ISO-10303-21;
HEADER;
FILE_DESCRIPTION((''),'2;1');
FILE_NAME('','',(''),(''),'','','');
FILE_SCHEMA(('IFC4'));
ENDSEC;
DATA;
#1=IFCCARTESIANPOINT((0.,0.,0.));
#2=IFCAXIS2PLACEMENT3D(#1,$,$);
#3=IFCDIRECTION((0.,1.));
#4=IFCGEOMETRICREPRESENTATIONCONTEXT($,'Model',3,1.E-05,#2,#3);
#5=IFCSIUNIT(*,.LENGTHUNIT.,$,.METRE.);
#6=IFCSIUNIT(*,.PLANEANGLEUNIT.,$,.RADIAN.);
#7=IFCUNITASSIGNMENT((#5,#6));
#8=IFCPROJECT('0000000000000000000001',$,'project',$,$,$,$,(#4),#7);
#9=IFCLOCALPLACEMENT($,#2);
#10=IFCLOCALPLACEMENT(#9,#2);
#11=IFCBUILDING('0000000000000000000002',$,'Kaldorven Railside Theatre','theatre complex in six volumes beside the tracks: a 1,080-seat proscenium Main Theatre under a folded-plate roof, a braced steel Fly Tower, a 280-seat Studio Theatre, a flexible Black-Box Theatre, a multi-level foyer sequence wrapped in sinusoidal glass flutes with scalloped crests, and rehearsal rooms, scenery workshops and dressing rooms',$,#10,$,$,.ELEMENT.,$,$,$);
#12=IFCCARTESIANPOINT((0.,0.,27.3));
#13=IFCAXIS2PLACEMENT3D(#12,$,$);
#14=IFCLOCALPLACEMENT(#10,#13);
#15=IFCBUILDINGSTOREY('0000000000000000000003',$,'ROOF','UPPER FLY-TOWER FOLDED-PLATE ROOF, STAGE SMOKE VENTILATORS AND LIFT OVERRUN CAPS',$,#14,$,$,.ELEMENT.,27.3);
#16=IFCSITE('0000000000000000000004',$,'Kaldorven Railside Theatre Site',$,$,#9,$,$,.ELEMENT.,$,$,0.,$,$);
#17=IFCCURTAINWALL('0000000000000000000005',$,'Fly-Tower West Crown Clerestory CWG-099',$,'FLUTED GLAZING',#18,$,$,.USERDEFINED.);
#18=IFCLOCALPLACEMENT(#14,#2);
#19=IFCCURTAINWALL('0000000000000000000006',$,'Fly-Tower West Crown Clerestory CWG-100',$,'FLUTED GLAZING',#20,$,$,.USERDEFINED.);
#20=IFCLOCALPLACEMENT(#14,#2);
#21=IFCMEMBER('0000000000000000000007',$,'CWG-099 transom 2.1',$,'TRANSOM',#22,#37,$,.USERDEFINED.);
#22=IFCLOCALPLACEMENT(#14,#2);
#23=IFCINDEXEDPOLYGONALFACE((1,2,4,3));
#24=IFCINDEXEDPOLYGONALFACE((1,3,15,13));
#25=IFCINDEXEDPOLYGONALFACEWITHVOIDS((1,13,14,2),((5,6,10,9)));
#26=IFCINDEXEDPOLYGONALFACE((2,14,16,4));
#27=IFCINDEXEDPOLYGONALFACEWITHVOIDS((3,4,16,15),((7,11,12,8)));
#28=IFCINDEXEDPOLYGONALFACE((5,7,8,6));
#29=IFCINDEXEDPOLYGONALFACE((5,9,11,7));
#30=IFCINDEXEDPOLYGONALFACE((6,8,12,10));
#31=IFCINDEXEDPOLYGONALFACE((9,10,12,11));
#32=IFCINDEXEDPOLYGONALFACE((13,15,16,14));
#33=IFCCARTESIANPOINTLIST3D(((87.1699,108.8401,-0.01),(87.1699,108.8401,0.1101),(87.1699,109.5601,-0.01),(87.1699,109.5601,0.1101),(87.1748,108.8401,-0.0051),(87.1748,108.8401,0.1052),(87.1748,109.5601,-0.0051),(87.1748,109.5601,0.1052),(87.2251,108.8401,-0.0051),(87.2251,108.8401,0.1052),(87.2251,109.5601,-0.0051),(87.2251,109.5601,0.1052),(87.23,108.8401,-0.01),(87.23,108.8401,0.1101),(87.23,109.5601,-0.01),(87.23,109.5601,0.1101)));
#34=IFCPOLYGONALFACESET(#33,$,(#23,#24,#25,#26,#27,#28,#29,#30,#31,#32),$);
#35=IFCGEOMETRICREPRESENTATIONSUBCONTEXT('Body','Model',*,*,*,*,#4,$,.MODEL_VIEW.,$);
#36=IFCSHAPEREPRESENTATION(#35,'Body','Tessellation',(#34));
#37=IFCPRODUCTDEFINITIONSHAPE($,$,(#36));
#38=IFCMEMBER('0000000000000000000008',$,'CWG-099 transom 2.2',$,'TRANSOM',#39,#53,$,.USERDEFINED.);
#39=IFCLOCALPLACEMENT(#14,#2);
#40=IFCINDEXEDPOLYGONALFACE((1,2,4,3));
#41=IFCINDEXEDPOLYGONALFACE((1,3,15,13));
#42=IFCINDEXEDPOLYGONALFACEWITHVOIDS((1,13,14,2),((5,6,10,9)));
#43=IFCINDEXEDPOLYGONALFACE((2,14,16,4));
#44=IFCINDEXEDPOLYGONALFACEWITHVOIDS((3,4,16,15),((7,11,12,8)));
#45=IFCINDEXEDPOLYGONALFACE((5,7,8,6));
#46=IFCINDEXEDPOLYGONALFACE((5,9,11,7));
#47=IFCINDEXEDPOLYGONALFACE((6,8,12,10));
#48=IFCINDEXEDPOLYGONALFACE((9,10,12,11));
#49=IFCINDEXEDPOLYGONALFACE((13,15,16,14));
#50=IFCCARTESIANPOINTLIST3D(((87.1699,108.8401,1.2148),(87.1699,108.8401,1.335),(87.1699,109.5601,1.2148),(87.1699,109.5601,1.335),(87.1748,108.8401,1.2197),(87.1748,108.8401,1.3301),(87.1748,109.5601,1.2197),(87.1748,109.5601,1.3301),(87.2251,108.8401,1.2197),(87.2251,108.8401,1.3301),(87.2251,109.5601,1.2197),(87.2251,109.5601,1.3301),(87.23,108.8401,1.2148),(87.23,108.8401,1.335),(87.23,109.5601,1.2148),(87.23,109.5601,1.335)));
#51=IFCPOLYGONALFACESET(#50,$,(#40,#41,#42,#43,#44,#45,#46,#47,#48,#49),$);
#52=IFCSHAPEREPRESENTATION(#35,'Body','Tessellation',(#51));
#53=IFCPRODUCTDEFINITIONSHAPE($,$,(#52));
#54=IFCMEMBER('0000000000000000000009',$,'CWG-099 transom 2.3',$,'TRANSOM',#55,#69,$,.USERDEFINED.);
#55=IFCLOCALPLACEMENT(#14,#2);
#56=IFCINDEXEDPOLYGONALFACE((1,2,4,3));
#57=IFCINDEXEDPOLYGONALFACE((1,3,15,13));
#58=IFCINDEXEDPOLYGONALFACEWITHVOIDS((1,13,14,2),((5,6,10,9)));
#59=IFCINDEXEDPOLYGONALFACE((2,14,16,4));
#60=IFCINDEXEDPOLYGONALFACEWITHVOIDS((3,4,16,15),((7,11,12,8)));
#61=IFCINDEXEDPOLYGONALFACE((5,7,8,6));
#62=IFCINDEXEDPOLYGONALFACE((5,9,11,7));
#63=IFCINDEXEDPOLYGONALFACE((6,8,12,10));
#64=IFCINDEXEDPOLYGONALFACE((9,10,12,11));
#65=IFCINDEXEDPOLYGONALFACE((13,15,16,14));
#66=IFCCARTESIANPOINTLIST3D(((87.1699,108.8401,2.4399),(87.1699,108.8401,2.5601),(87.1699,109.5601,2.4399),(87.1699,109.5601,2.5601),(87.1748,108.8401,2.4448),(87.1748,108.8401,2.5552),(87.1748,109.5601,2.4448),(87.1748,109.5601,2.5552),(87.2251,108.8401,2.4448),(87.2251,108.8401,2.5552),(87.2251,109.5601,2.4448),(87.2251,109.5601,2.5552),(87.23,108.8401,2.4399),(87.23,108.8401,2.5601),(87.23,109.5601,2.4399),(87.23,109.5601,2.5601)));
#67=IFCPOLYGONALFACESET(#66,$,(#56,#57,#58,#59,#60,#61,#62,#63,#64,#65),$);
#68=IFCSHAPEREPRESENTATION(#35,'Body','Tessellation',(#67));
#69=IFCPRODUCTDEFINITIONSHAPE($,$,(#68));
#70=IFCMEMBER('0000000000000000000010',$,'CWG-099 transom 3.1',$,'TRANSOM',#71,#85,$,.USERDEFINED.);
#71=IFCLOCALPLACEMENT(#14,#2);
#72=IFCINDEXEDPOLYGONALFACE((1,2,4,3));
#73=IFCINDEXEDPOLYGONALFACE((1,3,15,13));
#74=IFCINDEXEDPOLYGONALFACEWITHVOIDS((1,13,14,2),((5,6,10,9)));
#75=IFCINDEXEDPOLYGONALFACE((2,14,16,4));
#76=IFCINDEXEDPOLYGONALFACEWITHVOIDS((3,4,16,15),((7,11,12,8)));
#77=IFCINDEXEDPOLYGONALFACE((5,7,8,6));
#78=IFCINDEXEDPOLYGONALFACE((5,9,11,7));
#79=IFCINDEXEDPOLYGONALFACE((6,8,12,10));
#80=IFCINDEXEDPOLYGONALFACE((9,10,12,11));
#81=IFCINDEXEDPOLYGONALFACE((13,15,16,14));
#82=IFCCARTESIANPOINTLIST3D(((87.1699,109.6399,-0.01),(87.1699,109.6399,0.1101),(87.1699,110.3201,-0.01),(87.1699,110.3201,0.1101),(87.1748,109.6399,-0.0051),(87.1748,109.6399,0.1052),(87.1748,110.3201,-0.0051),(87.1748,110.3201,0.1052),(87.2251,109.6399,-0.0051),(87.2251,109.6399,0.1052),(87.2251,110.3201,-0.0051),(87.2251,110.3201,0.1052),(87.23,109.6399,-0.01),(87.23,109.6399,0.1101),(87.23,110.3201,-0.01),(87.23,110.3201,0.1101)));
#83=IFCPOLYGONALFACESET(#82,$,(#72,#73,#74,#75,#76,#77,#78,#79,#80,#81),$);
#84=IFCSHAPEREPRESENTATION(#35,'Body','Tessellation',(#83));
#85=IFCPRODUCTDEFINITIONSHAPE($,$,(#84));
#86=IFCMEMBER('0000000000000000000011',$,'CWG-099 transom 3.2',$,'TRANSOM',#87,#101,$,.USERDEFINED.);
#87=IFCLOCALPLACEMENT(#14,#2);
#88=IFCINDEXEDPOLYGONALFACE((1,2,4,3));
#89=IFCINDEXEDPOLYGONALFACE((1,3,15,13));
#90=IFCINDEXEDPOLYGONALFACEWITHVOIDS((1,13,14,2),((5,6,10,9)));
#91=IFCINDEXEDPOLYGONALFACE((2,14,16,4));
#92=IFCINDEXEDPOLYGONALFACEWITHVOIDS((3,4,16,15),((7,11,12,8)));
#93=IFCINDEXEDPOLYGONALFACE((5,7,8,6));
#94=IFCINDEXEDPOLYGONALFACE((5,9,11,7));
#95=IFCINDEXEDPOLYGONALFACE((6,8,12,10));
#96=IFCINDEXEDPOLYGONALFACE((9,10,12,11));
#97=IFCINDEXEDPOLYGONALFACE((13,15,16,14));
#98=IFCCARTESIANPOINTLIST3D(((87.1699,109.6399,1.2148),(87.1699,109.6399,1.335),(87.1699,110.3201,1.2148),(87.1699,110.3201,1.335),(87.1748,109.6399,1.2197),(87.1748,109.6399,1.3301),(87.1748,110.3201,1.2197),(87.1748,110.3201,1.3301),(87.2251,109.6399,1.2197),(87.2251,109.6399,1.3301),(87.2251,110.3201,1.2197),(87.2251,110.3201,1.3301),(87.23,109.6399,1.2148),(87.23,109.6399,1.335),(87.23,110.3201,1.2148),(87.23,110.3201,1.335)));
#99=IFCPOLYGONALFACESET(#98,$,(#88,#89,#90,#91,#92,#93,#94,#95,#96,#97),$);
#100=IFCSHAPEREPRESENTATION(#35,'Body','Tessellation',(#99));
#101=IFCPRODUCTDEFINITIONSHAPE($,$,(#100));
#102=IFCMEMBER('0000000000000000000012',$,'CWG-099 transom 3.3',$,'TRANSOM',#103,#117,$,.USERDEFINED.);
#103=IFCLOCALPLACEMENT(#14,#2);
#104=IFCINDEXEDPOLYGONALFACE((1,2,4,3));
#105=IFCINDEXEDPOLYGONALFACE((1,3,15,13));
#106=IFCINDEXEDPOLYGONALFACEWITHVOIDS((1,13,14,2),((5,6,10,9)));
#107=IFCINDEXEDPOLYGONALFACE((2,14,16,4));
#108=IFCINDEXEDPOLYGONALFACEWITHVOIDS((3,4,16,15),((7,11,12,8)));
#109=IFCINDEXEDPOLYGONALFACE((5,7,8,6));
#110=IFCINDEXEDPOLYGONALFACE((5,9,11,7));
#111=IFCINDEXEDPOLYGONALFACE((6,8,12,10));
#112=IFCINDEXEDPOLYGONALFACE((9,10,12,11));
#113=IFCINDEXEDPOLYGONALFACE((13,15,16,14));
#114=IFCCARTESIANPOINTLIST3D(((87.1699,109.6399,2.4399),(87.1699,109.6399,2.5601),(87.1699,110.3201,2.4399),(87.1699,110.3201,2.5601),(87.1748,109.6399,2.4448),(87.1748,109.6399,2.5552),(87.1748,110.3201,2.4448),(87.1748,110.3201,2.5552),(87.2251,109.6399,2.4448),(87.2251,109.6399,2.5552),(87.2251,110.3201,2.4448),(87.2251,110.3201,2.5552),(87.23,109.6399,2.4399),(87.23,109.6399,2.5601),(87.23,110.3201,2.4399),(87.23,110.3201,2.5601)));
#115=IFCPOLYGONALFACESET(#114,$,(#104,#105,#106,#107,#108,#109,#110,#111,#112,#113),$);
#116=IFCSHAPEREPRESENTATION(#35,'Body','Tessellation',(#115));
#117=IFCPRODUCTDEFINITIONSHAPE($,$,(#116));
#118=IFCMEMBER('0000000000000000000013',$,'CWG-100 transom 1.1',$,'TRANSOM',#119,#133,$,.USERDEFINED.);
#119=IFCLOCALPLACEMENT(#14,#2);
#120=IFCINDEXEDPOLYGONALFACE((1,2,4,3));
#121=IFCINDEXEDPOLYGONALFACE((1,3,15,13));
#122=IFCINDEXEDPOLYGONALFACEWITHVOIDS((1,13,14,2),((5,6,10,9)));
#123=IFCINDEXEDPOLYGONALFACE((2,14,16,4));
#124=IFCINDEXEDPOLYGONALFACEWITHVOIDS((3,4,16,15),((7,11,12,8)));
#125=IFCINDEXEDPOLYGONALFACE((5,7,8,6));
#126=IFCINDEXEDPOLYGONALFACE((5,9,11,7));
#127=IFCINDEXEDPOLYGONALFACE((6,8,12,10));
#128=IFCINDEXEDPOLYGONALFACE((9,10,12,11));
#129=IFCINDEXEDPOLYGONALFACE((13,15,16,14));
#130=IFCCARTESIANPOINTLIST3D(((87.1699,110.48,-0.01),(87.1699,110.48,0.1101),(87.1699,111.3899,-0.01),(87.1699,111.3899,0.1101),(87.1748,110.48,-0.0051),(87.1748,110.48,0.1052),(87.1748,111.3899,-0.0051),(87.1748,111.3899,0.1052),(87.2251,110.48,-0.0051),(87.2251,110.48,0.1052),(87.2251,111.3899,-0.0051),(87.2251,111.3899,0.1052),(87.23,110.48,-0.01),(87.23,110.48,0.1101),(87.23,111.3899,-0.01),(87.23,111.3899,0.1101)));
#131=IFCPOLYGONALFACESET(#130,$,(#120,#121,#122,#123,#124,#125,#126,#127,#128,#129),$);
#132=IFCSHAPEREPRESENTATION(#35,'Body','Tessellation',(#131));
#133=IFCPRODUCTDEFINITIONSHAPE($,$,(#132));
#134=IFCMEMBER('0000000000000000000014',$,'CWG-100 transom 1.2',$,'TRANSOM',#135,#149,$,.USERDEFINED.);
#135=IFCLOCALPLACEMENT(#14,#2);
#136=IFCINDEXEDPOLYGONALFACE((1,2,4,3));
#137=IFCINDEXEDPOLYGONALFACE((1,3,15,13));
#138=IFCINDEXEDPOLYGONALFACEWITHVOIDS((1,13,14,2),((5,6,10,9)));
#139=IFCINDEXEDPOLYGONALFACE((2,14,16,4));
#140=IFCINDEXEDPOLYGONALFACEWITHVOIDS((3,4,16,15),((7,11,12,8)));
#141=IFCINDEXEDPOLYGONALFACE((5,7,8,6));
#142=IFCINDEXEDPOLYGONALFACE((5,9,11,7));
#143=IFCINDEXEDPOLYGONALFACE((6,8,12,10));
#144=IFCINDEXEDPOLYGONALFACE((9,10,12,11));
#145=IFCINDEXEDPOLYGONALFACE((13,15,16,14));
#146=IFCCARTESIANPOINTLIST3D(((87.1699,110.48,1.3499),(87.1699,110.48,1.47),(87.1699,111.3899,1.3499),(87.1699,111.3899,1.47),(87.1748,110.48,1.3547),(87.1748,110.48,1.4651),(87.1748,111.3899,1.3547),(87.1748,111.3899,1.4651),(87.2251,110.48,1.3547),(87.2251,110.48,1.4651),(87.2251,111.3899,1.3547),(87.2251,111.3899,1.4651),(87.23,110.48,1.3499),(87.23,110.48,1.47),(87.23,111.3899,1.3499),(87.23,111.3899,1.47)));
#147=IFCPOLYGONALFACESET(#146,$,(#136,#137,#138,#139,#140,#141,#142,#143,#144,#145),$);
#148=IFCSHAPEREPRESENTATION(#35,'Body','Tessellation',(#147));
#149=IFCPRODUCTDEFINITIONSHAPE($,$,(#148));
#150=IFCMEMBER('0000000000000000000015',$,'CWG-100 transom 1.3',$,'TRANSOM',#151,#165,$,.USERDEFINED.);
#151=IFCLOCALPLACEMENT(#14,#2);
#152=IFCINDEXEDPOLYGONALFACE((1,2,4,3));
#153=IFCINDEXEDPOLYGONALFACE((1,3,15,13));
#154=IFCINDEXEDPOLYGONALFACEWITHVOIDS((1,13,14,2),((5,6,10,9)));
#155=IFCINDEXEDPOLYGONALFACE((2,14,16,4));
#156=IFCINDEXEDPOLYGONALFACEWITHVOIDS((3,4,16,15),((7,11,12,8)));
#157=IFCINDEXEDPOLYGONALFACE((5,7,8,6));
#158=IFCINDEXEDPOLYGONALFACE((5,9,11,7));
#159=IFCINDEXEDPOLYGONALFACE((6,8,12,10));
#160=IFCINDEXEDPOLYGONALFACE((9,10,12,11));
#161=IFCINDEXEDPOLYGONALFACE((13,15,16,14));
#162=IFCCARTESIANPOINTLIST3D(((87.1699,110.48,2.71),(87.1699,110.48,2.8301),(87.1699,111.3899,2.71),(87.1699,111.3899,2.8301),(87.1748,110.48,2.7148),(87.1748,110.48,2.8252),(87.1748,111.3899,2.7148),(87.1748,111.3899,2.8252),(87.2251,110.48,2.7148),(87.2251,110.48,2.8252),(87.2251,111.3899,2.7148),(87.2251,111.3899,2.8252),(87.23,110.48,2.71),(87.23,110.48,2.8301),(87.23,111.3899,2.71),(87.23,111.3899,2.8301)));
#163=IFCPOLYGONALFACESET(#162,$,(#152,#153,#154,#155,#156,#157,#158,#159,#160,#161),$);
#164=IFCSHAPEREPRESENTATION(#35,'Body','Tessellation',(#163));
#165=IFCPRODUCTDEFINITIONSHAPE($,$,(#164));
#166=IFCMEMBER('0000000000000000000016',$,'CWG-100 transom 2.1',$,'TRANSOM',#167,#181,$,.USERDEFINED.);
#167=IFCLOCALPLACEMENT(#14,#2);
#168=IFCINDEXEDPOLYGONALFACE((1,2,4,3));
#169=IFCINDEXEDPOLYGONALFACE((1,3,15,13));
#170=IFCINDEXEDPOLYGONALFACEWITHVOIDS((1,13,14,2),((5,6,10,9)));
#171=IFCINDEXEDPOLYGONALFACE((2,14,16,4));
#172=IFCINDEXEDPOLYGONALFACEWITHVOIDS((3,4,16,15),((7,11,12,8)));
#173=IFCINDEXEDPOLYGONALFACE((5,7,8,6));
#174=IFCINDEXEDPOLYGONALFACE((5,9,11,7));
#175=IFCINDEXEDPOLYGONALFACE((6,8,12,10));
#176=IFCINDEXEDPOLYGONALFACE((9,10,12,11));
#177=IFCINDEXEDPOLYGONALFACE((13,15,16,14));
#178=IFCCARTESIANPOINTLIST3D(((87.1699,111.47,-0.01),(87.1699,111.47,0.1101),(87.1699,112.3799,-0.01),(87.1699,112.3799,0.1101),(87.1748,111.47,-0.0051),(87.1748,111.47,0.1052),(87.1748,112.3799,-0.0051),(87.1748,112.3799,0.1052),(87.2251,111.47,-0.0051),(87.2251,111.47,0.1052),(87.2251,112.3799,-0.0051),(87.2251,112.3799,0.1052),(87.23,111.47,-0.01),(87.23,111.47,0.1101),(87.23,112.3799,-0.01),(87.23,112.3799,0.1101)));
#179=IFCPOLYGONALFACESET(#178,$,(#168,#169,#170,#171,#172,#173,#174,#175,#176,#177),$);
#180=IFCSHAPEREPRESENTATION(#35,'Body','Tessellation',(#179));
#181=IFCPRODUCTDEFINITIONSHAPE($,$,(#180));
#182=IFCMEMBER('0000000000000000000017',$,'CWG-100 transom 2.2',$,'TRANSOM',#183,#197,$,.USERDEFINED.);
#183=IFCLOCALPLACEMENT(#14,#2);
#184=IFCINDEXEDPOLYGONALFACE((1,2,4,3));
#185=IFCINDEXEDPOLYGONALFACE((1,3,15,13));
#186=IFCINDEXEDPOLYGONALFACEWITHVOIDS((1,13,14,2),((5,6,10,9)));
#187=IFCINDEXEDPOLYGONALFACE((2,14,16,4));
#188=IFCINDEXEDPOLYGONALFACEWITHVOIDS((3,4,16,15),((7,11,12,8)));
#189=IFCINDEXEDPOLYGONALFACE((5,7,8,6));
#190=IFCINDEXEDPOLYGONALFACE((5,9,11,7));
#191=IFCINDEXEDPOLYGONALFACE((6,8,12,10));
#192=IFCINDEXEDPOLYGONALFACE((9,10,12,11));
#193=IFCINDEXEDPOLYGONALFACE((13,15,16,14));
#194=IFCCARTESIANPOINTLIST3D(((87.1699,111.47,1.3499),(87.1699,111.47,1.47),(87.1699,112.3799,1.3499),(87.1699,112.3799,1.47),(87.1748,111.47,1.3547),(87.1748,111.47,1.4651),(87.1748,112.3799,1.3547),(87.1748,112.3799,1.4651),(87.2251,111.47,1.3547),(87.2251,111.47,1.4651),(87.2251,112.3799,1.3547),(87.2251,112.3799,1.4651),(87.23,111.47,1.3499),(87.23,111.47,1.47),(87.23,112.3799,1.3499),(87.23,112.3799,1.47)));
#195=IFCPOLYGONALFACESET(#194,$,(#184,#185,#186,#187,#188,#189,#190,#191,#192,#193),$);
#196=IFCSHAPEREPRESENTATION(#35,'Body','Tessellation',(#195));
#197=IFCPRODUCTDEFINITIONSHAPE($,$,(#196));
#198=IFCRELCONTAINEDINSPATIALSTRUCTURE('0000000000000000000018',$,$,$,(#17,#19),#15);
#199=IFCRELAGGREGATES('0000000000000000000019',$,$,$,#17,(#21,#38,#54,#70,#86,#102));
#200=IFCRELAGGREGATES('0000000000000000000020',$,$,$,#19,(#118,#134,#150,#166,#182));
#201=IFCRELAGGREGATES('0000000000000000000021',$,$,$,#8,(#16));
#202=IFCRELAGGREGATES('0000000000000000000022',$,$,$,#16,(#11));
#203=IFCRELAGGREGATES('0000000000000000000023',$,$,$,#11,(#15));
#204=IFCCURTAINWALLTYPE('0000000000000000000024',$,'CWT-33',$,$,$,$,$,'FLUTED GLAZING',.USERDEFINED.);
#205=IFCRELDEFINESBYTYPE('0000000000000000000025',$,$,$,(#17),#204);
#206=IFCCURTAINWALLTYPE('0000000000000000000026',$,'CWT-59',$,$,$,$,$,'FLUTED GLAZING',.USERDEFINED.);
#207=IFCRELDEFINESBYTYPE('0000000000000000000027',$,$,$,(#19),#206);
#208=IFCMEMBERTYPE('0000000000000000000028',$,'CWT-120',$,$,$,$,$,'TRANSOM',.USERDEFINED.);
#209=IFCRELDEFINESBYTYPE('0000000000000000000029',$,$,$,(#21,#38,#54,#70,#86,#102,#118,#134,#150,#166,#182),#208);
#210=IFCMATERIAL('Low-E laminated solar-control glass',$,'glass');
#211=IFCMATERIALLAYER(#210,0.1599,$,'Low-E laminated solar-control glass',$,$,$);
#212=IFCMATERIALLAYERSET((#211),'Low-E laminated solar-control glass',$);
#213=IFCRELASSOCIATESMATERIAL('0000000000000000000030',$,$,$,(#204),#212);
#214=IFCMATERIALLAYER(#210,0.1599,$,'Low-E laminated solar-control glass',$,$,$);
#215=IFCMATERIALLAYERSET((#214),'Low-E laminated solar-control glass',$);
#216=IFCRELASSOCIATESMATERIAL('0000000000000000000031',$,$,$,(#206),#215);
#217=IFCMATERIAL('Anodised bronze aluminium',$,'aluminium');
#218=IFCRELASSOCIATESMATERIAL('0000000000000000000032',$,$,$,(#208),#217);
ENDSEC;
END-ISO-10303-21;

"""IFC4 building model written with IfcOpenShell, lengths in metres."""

from ifc_helpers import new_model, si_unit, direction, frame, origin, origin_2d, place, context, subcontext, project, spatial, hollow_rectangle, extrude, material, layer, layer_set, material_profile, profile_set, type_object, element, aggregate, save


model = new_model("IFC4")

# Units and contexts
model_context = context("Model", 3, precision=1e-05, world=origin(), true_north=direction((0.0, 1.0)))
body_context = subcontext(model_context, "Body", "Model", "MODEL_VIEW")
ifc_project = project(units=[si_unit("LENGTHUNIT", "METRE"), si_unit("PLANEANGLEUNIT", "RADIAN")], contexts=[model_context])

# Site, building, storey
site_placement = place(None, origin())
site = spatial("IfcSite", under=ifc_project, at=site_placement, Name="Kaldorven Railside Theatre Site", CompositionType="ELEMENT", RefElevation=0.0)
building_placement = place(site_placement, origin())
building = spatial("IfcBuilding", under=site, at=building_placement, Name="Kaldorven Railside Theatre", Description="theatre complex in six volumes beside the tracks: a 1,080-seat proscenium Main Theatre under a folded-plate roof, a braced steel Fly Tower, a 280-seat Studio Theatre, a flexible Black-Box Theatre, a multi-level foyer sequence wrapped in sinusoidal glass flutes with scalloped crests, and rehearsal rooms, scenery workshops and dressing rooms", CompositionType="ELEMENT")
storey_placement = place(building_placement, frame((0.0, 0.0, 27.3)))
storey = spatial("IfcBuildingStorey", under=building, at=storey_placement, Name="ROOF", Description="UPPER FLY-TOWER FOLDED-PLATE ROOF, STAGE SMOKE VENTILATORS AND LIFT OVERRUN CAPS", CompositionType="ELEMENT", Elevation=27.3)

# Curtain walls
ifc_material_1 = material(Name="Low-E laminated solar-control glass", Category="glass")
ifc_layer_1 = layer(ifc_material_1, 0.1599, Name="Low-E laminated solar-control glass")
ifc_layer_set_1 = layer_set([ifc_layer_1], Name="Low-E laminated solar-control glass")
curtain_wall_type_1 = type_object("IfcCurtainWallType", Name="CWT-33", ElementType="FLUTED GLAZING", PredefinedType="USERDEFINED", material=ifc_layer_set_1)
curtain_wall_1_placement = place(storey_placement, origin())
curtain_wall_1 = element("IfcCurtainWall", 1, at=curtain_wall_1_placement, inside=storey, type_object=curtain_wall_type_1, Name="Fly-Tower West Crown Clerestory CWG-099", ObjectType="FLUTED GLAZING", PredefinedType="USERDEFINED")
ifc_material_2 = material(Name="Anodised bronze aluminium", Category="aluminium")
ifc_layer_2 = layer(ifc_material_1, 0.1599, Name="Low-E laminated solar-control glass")
ifc_layer_set_2 = layer_set([ifc_layer_2], Name="Low-E laminated solar-control glass")
curtain_wall_type_2 = type_object("IfcCurtainWallType", Name="CWT-59", ElementType="FLUTED GLAZING", PredefinedType="USERDEFINED", material=ifc_layer_set_2)
curtain_wall_2_placement = place(storey_placement, origin())
curtain_wall_2 = element("IfcCurtainWall", 2, at=curtain_wall_2_placement, inside=storey, type_object=curtain_wall_type_2, Name="Fly-Tower West Crown Clerestory CWG-100", ObjectType="FLUTED GLAZING", PredefinedType="USERDEFINED")

# Members
ifc_material_profile_1 = material_profile(ifc_material_2, hollow_rectangle(XDim=0.0601, YDim=0.1201, WallThickness=0.0049, at=origin_2d()), Name="RHS 120x60x5")
ifc_profile_set_1 = profile_set([ifc_material_profile_1], Name="Anodised bronze aluminium")
member_type_1 = type_object("IfcMemberType", Name="CWT-120", ElementType="TRANSOM", PredefinedType="USERDEFINED", material=ifc_profile_set_1)
member_1_placement = place(storey_placement, frame((87.2, 108.8401, 0.05), z_axis=(0.0, 1.0, 0.0), x_axis=(-1.0, 0.0, 0.0)))
member_1 = element("IfcMember", 3, at=member_1_placement, type_object=member_type_1, Name="CWG-099 transom 2.1", ObjectType="TRANSOM", PredefinedType="USERDEFINED", context=body_context, shape_type="SweptSolid", body=[
    extrude(hollow_rectangle(XDim=0.0601, YDim=0.1201, WallThickness=0.0049, at=origin_2d()), origin(), (0.0, 0.0, 1.0), 0.72),
])
member_2_placement = place(storey_placement, frame((87.2, 108.8401, 1.2749), z_axis=(0.0, 1.0, 0.0), x_axis=(-1.0, 0.0, 0.0)))
member_2 = element("IfcMember", 4, at=member_2_placement, type_object=member_type_1, Name="CWG-099 transom 2.2", ObjectType="TRANSOM", PredefinedType="USERDEFINED", context=body_context, shape_type="SweptSolid", body=[
    extrude(hollow_rectangle(XDim=0.0601, YDim=0.1201, WallThickness=0.0049, at=origin_2d()), origin(), (0.0, 0.0, 1.0), 0.72),
])
member_3_placement = place(storey_placement, frame((87.2, 108.8401, 2.5), z_axis=(0.0, 1.0, 0.0), x_axis=(-1.0, 0.0, 0.0)))
member_3 = element("IfcMember", 5, at=member_3_placement, type_object=member_type_1, Name="CWG-099 transom 2.3", ObjectType="TRANSOM", PredefinedType="USERDEFINED", context=body_context, shape_type="SweptSolid", body=[
    extrude(hollow_rectangle(XDim=0.0601, YDim=0.1201, WallThickness=0.0049, at=origin_2d()), origin(), (0.0, 0.0, 1.0), 0.72),
])
member_4_placement = place(storey_placement, frame((87.2, 109.6399, 0.05), z_axis=(0.0, 1.0, 0.0), x_axis=(-1.0, 0.0, 0.0)))
member_4 = element("IfcMember", 6, at=member_4_placement, type_object=member_type_1, Name="CWG-099 transom 3.1", ObjectType="TRANSOM", PredefinedType="USERDEFINED", context=body_context, shape_type="SweptSolid", body=[
    extrude(hollow_rectangle(XDim=0.0601, YDim=0.1201, WallThickness=0.0049, at=origin_2d()), origin(), (0.0, 0.0, 1.0), 0.6802),
])
member_5_placement = place(storey_placement, frame((87.2, 109.6399, 1.2749), z_axis=(0.0, 1.0, 0.0), x_axis=(-1.0, 0.0, 0.0)))
member_5 = element("IfcMember", 7, at=member_5_placement, type_object=member_type_1, Name="CWG-099 transom 3.2", ObjectType="TRANSOM", PredefinedType="USERDEFINED", context=body_context, shape_type="SweptSolid", body=[
    extrude(hollow_rectangle(XDim=0.0601, YDim=0.1201, WallThickness=0.0049, at=origin_2d()), origin(), (0.0, 0.0, 1.0), 0.6802),
])
member_6_placement = place(storey_placement, frame((87.2, 109.6399, 2.5), z_axis=(0.0, 1.0, 0.0), x_axis=(-1.0, 0.0, 0.0)))
member_6 = element("IfcMember", 8, at=member_6_placement, type_object=member_type_1, Name="CWG-099 transom 3.3", ObjectType="TRANSOM", PredefinedType="USERDEFINED", context=body_context, shape_type="SweptSolid", body=[
    extrude(hollow_rectangle(XDim=0.0601, YDim=0.1201, WallThickness=0.0049, at=origin_2d()), origin(), (0.0, 0.0, 1.0), 0.6802),
])
member_7_placement = place(storey_placement, frame((87.2, 110.48, 0.05), z_axis=(0.0, 1.0, 0.0), x_axis=(-1.0, 0.0, 0.0)))
member_7 = element("IfcMember", 9, at=member_7_placement, type_object=member_type_1, Name="CWG-100 transom 1.1", ObjectType="TRANSOM", PredefinedType="USERDEFINED", context=body_context, shape_type="SweptSolid", body=[
    extrude(hollow_rectangle(XDim=0.0601, YDim=0.1201, WallThickness=0.0049, at=origin_2d()), origin(), (0.0, 0.0, 1.0), 0.9099),
])
member_8_placement = place(storey_placement, frame((87.2, 110.48, 1.4099), z_axis=(0.0, 1.0, 0.0), x_axis=(-1.0, 0.0, 0.0)))
member_8 = element("IfcMember", 10, at=member_8_placement, type_object=member_type_1, Name="CWG-100 transom 1.2", ObjectType="TRANSOM", PredefinedType="USERDEFINED", context=body_context, shape_type="SweptSolid", body=[
    extrude(hollow_rectangle(XDim=0.0601, YDim=0.1201, WallThickness=0.0049, at=origin_2d()), origin(), (0.0, 0.0, 1.0), 0.9099),
])
member_9_placement = place(storey_placement, frame((87.2, 110.48, 2.77), z_axis=(0.0, 1.0, 0.0), x_axis=(-1.0, 0.0, 0.0)))
member_9 = element("IfcMember", 11, at=member_9_placement, type_object=member_type_1, Name="CWG-100 transom 1.3", ObjectType="TRANSOM", PredefinedType="USERDEFINED", context=body_context, shape_type="SweptSolid", body=[
    extrude(hollow_rectangle(XDim=0.0601, YDim=0.1201, WallThickness=0.0049, at=origin_2d()), origin(), (0.0, 0.0, 1.0), 0.9099),
])
member_10_placement = place(storey_placement, frame((87.2, 111.47, 0.05), z_axis=(0.0, 1.0, 0.0), x_axis=(-1.0, 0.0, 0.0)))
member_10 = element("IfcMember", 12, at=member_10_placement, type_object=member_type_1, Name="CWG-100 transom 2.1", ObjectType="TRANSOM", PredefinedType="USERDEFINED", context=body_context, shape_type="SweptSolid", body=[
    extrude(hollow_rectangle(XDim=0.0601, YDim=0.1201, WallThickness=0.0049, at=origin_2d()), origin(), (0.0, 0.0, 1.0), 0.9099),
])
member_11_placement = place(storey_placement, frame((87.2, 111.47, 1.4099), z_axis=(0.0, 1.0, 0.0), x_axis=(-1.0, 0.0, 0.0)))
member_11 = element("IfcMember", 13, at=member_11_placement, type_object=member_type_1, Name="CWG-100 transom 2.2", ObjectType="TRANSOM", PredefinedType="USERDEFINED", context=body_context, shape_type="SweptSolid", body=[
    extrude(hollow_rectangle(XDim=0.0601, YDim=0.1201, WallThickness=0.0049, at=origin_2d()), origin(), (0.0, 0.0, 1.0), 0.9099),
])

aggregate(curtain_wall_1, [member_1, member_2, member_3, member_4, member_5, member_6])
aggregate(curtain_wall_2, [member_7, member_8, member_9, member_10, member_11])

save(model, "model.ifc")
